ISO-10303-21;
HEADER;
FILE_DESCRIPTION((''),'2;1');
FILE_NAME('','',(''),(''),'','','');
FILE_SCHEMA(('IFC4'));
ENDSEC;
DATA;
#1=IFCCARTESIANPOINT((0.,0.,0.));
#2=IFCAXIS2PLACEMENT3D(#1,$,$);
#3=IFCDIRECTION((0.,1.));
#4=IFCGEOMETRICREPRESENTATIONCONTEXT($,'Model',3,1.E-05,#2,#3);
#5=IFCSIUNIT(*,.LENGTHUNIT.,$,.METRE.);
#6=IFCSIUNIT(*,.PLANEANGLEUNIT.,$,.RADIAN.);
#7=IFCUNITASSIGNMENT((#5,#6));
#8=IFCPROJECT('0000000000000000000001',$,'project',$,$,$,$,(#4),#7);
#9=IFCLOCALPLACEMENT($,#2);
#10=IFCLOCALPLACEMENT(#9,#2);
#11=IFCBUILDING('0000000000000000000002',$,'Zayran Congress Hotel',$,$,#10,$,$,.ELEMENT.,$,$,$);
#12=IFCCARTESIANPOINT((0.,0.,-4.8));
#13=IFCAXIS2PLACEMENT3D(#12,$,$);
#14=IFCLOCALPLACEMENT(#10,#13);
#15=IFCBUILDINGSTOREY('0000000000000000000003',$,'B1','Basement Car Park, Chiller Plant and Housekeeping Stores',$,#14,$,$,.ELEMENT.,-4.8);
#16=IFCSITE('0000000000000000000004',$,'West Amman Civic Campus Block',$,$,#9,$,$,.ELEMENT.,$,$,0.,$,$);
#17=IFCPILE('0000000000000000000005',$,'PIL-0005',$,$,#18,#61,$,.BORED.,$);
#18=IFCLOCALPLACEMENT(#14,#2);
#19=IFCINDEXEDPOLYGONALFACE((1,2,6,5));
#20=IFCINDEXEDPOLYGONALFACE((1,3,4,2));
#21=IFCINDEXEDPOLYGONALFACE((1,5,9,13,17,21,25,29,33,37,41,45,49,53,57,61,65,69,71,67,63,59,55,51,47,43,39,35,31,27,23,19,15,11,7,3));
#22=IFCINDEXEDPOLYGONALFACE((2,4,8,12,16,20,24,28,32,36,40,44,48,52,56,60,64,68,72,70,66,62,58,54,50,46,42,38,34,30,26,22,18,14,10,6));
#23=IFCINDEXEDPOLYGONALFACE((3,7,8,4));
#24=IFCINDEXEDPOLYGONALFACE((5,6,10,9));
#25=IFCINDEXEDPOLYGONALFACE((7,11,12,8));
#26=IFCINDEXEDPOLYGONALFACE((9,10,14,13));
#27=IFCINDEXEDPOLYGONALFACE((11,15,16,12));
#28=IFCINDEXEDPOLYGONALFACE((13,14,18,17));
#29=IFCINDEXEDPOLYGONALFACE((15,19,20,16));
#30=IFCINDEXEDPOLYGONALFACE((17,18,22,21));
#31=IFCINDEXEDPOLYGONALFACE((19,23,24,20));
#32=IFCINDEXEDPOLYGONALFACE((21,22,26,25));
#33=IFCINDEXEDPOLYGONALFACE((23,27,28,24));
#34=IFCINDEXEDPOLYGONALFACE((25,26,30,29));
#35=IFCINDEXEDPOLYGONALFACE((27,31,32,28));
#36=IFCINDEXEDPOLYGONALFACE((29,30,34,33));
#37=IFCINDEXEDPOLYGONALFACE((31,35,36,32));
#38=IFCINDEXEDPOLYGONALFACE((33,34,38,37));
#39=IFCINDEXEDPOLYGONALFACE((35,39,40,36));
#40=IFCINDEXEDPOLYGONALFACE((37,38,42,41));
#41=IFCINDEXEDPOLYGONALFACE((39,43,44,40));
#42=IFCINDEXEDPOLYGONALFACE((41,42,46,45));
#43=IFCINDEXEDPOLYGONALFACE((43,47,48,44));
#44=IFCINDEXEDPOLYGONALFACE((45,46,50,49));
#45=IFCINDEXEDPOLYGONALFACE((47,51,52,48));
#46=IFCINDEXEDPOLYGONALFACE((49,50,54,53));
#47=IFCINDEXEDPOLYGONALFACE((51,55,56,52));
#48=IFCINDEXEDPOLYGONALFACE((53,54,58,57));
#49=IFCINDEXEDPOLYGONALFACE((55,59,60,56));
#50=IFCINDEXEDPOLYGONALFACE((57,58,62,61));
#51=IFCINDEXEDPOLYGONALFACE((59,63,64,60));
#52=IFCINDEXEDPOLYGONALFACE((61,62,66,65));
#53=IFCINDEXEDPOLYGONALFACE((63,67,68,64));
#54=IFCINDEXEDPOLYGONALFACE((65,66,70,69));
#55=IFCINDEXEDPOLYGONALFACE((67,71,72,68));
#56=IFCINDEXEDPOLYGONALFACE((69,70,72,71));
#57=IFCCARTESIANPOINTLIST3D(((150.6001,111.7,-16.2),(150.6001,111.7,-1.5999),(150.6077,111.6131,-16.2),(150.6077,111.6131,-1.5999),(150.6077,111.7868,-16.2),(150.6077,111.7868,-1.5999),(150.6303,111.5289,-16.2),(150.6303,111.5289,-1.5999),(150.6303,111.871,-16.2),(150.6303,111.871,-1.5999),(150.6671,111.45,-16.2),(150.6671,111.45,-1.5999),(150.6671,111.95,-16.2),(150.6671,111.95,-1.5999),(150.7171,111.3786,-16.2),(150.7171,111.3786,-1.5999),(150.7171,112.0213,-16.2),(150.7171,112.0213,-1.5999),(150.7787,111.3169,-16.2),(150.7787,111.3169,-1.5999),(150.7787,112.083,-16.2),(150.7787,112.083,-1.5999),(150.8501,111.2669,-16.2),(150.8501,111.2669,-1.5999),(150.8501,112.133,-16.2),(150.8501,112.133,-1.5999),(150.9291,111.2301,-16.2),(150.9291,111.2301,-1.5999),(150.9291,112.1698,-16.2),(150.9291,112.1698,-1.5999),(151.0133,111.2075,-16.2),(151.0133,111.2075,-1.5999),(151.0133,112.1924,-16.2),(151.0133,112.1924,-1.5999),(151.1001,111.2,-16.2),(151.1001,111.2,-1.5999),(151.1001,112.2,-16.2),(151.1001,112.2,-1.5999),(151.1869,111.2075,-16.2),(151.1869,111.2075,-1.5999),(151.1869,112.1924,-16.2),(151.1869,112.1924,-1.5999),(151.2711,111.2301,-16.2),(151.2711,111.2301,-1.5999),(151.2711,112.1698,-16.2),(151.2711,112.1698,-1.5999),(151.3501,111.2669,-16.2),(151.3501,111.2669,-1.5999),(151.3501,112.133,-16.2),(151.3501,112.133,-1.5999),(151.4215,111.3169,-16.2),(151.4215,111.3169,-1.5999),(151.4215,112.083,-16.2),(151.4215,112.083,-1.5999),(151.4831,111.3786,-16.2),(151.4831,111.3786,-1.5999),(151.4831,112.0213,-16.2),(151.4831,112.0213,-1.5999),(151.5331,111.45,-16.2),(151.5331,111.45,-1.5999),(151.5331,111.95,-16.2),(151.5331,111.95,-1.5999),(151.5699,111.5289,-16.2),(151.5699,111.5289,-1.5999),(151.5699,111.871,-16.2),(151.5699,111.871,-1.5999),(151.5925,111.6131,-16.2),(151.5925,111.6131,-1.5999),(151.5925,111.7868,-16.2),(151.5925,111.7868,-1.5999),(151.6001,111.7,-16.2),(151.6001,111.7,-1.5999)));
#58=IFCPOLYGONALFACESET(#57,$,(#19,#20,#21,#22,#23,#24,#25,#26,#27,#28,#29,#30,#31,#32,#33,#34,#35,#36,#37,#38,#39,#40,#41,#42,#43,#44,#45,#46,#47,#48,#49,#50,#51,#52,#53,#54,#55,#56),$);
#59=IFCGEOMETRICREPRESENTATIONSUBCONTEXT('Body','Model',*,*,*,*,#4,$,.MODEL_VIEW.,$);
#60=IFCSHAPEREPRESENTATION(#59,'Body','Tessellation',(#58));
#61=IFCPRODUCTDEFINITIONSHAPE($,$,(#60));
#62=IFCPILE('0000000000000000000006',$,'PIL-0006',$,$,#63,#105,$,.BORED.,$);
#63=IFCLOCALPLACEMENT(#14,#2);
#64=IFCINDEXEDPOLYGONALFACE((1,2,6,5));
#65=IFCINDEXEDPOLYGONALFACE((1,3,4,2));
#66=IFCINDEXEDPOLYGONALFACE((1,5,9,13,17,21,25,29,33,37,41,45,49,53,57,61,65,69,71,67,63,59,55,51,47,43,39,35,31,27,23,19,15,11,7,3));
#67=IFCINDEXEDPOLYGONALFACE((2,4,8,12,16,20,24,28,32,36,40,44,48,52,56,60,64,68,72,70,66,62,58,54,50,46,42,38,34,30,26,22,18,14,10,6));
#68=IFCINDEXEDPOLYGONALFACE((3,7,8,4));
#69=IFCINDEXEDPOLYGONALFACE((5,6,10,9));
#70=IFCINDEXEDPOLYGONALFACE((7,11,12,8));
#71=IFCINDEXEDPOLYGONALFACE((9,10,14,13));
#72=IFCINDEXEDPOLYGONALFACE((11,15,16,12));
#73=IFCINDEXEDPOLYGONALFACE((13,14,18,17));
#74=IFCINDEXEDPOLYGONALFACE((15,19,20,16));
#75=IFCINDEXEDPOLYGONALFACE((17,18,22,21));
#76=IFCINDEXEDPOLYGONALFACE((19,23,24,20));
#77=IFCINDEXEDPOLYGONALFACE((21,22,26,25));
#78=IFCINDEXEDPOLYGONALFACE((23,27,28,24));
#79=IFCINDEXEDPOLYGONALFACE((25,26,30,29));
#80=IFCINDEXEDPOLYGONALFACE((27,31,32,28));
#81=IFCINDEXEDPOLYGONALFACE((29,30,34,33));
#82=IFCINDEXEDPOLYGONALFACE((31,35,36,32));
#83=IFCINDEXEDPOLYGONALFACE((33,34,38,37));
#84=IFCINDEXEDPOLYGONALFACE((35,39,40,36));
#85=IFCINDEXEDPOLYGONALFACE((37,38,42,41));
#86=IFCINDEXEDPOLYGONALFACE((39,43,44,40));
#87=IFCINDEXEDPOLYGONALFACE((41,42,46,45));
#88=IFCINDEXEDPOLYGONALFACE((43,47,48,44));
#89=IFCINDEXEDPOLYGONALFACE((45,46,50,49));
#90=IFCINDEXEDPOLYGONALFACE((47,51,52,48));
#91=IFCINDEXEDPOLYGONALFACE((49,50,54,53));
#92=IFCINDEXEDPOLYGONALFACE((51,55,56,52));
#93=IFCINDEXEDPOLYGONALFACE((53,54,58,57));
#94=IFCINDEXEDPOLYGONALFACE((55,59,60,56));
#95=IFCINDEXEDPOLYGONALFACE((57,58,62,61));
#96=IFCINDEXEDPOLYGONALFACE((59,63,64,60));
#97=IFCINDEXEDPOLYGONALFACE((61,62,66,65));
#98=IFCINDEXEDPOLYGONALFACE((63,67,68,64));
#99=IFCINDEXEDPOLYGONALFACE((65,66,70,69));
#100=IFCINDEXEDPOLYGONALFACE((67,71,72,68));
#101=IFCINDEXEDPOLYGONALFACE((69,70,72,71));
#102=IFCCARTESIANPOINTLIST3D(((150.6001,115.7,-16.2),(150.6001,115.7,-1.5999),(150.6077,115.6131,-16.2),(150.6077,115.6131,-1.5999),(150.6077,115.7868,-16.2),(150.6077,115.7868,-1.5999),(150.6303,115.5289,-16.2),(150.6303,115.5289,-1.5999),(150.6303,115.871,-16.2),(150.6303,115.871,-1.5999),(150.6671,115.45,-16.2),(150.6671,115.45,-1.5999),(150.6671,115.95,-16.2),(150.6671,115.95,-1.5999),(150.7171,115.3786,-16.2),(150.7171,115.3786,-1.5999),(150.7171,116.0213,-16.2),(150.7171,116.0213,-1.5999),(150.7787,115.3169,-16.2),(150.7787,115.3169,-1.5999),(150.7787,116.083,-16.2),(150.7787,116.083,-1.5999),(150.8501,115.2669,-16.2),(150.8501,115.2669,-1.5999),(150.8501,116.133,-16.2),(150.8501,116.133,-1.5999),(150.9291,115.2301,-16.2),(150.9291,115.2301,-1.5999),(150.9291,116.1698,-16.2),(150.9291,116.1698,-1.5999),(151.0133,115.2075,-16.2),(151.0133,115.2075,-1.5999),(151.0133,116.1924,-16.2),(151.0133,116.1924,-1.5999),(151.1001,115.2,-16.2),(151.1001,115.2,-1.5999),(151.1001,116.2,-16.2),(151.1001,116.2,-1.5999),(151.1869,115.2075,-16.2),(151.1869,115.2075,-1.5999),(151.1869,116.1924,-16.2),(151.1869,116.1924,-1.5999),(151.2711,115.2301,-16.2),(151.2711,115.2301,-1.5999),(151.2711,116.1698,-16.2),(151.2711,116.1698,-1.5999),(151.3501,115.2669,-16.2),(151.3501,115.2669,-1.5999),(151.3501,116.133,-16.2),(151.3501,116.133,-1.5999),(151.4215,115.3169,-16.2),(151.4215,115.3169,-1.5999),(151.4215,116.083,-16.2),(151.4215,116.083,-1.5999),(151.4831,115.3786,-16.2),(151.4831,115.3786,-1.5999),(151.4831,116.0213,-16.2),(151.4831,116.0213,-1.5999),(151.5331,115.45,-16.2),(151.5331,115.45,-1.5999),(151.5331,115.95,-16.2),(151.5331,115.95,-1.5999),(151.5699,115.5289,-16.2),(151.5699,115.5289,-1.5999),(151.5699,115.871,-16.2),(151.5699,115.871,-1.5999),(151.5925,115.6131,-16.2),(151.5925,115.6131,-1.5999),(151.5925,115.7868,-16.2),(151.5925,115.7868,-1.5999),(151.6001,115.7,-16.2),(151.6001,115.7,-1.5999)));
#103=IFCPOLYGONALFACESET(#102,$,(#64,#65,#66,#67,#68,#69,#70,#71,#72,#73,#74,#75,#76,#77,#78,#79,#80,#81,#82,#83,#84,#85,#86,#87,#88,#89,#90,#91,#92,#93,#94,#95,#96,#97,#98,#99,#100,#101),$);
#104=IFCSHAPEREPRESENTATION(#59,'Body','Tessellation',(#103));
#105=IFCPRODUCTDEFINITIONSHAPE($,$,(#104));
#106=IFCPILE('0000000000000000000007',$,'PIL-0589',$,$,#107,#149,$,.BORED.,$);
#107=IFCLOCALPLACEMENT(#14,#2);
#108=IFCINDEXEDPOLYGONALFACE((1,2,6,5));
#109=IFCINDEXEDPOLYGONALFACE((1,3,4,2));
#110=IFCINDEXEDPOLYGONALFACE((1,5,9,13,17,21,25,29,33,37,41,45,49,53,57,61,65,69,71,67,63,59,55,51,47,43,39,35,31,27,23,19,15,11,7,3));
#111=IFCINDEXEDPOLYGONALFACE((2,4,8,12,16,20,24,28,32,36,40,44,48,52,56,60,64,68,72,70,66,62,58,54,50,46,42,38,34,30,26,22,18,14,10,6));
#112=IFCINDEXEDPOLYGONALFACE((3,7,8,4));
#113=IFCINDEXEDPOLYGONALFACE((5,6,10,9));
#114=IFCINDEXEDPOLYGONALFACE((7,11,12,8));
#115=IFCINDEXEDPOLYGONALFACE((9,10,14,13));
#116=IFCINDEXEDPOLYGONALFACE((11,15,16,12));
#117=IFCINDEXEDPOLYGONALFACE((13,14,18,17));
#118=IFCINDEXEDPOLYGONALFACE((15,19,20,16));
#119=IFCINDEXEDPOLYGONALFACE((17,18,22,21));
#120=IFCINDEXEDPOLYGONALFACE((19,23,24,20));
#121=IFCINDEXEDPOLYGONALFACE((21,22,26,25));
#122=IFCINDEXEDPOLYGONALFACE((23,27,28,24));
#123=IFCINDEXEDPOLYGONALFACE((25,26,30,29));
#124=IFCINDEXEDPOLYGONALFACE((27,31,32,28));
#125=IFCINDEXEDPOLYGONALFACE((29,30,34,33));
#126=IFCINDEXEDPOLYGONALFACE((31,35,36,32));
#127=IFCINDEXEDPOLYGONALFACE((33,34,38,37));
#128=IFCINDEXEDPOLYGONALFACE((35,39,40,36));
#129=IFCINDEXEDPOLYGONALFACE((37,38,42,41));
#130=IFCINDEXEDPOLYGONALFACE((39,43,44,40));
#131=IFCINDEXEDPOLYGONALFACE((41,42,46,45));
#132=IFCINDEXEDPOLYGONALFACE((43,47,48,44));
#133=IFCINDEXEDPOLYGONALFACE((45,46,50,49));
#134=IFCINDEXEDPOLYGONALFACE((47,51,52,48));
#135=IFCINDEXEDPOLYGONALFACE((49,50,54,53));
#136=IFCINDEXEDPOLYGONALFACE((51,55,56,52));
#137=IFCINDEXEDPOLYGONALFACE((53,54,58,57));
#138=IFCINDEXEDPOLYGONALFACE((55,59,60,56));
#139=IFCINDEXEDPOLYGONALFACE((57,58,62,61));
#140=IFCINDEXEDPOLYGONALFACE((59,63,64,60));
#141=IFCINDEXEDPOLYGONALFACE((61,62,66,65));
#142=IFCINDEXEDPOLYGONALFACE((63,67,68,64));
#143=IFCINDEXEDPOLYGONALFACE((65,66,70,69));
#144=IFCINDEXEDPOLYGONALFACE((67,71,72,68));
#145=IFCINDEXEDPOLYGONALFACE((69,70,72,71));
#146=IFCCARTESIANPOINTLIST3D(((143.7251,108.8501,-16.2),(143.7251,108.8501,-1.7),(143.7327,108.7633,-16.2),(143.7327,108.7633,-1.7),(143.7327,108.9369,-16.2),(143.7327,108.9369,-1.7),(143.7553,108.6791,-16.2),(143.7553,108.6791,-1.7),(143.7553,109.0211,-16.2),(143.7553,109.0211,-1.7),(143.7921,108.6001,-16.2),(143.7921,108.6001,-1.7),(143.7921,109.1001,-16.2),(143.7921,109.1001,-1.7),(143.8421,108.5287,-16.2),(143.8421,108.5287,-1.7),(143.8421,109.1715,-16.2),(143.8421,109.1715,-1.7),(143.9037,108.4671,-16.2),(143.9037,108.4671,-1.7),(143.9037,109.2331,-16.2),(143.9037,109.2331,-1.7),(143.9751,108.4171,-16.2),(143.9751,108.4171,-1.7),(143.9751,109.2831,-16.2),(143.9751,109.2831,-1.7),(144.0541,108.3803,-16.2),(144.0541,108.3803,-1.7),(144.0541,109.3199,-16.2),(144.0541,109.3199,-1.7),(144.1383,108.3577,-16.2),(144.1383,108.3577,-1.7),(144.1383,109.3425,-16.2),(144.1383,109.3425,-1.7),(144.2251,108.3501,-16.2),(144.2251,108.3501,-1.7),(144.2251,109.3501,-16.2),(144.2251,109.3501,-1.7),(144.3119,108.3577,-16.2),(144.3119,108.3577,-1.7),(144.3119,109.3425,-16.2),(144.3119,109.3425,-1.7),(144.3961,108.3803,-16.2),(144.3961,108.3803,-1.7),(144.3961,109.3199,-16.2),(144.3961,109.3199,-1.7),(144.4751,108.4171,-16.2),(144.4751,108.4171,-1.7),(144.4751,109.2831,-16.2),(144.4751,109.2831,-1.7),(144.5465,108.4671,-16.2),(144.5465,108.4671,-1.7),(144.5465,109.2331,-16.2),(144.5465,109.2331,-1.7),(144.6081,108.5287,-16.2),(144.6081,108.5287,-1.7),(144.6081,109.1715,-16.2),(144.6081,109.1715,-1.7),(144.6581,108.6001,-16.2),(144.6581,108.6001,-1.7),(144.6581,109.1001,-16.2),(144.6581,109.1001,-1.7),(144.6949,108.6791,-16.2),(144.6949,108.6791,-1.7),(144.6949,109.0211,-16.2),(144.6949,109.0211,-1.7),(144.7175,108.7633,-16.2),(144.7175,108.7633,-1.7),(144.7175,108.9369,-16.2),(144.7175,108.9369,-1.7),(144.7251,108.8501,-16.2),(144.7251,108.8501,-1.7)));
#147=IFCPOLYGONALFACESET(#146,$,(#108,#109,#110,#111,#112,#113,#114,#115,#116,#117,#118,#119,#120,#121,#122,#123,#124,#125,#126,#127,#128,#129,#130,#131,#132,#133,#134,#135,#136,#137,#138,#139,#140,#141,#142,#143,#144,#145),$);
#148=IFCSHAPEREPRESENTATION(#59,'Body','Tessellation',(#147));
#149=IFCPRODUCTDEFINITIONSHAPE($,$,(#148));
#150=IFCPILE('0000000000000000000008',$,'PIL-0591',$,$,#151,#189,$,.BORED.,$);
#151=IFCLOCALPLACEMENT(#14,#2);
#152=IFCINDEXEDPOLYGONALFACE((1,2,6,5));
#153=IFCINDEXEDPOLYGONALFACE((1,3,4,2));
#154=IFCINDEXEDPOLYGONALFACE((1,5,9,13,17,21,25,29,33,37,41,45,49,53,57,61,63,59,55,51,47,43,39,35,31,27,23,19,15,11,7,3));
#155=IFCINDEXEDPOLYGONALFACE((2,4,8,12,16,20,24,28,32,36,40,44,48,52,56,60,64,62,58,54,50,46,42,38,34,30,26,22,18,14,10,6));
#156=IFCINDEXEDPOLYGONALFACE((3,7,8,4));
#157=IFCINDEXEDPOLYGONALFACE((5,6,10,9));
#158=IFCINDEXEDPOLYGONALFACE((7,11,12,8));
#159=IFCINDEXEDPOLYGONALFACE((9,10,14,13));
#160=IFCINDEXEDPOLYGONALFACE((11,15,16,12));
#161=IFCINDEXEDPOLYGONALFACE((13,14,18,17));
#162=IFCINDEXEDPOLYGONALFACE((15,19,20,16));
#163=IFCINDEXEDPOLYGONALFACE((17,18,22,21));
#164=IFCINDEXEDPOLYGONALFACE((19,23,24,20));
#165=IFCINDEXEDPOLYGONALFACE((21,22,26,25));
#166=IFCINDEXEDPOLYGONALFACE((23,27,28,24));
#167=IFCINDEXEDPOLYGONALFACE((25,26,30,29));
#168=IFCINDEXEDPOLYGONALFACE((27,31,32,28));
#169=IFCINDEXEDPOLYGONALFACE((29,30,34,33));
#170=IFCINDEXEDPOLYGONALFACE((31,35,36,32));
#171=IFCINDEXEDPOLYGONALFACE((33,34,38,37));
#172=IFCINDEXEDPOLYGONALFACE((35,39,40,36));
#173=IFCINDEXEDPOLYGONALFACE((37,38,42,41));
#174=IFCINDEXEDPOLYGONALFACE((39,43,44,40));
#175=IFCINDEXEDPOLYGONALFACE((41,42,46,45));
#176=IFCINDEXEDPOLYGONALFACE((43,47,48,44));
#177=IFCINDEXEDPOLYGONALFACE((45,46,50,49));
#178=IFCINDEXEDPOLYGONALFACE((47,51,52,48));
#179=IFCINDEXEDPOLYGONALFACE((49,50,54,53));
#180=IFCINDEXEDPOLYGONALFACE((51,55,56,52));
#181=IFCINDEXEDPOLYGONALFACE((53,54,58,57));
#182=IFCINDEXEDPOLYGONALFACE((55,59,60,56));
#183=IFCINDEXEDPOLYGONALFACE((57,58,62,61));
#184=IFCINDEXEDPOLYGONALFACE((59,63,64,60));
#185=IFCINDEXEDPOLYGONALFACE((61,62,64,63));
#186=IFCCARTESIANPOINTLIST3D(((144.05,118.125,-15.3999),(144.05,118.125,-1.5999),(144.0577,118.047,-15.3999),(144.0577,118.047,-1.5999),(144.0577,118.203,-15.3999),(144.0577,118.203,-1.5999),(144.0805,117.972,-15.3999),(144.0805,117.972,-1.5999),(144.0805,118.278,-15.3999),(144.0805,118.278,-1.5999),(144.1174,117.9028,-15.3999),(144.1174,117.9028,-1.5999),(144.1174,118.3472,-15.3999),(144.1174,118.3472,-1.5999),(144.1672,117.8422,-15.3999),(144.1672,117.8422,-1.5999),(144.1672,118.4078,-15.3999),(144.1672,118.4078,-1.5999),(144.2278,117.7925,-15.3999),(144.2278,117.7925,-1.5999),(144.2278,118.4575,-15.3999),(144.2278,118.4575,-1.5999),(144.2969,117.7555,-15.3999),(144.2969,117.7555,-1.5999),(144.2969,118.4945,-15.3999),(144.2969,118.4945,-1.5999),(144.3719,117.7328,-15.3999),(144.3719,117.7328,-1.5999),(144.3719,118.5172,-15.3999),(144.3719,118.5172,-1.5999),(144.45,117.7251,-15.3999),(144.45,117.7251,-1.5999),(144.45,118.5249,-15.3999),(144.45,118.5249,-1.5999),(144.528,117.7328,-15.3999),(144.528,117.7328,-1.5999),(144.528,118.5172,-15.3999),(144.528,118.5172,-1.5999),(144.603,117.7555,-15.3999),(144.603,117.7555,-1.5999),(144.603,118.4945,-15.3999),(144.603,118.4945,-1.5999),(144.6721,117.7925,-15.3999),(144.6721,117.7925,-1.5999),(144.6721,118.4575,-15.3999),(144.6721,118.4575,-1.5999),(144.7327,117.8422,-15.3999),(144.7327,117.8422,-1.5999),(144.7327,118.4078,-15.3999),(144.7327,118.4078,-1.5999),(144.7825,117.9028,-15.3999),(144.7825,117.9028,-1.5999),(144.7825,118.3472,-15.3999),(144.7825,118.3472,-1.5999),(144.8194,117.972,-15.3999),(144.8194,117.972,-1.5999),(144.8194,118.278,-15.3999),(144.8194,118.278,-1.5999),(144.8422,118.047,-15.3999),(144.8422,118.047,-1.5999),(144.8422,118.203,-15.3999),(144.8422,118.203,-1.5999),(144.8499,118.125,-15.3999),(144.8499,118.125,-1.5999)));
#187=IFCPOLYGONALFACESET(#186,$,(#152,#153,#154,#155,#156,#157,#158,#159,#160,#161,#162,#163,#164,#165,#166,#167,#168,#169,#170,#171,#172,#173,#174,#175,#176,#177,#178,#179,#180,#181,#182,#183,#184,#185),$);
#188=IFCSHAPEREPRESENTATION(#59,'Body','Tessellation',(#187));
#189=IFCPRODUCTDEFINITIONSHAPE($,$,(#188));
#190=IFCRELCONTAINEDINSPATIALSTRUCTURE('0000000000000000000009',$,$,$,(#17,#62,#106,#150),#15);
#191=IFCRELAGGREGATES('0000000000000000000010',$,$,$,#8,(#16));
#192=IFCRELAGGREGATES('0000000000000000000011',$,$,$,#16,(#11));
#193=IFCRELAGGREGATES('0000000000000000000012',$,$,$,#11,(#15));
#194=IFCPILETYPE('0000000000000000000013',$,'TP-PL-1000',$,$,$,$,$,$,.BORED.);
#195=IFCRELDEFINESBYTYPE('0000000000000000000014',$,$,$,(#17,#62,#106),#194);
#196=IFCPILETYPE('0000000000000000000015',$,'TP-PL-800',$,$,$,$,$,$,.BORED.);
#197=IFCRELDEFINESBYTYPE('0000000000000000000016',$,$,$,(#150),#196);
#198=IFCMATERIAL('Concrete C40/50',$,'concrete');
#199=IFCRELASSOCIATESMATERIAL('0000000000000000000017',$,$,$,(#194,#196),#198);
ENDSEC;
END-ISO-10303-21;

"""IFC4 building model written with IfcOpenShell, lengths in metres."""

from ifc_helpers import new_model, si_unit, direction, frame, origin, origin_2d, place, context, subcontext, project, spatial, circle, extrude, material, material_profile, profile_set, type_object, element, save


model = new_model("IFC4")

# Units and contexts
model_context = context("Model", 3, precision=1e-05, world=origin(), true_north=direction((0.0, 1.0)))
body_context = subcontext(model_context, "Body", "Model", "MODEL_VIEW")
ifc_project = project(units=[si_unit("LENGTHUNIT", "METRE"), si_unit("PLANEANGLEUNIT", "RADIAN")], contexts=[model_context])

# Site, building, storey
site_placement = place(None, origin())
site = spatial("IfcSite", under=ifc_project, at=site_placement, Name="West Amman Civic Campus Block", CompositionType="ELEMENT", RefElevation=0.0)
building_placement = place(site_placement, origin())
building = spatial("IfcBuilding", under=site, at=building_placement, Name="Zayran Congress Hotel", CompositionType="ELEMENT")
storey_placement = place(building_placement, frame((0.0, 0.0, -4.8)))
storey = spatial("IfcBuildingStorey", under=building, at=storey_placement, Name="B1", Description="Basement Car Park, Chiller Plant and Housekeeping Stores", CompositionType="ELEMENT", Elevation=-4.8)

# Piles
ifc_material_1 = material(Name="Concrete C40/50", Category="concrete")
ifc_material_profile_1 = material_profile(ifc_material_1, circle(Radius=0.5, at=origin_2d()), Name="PILE D1000")
ifc_profile_set_1 = profile_set([ifc_material_profile_1], Name="Concrete C40/50")
pile_type_1 = type_object("IfcPileType", Name="TP-PL-1000", PredefinedType="BORED", material=ifc_profile_set_1)
for number, where, z_axis, x_axis, name in (
    (1, (151.1001, 111.7, -1.5999), (0.0, 0.0, -1.0), (1.0, 0.0, 0.0), "PIL-0005"),
    (2, (151.1001, 115.7, -1.5999), (0.0, 0.0, -1.0), (1.0, 0.0, 0.0), "PIL-0006"),
):
    element("IfcPile", number, at=place(storey_placement, frame(where, z_axis=z_axis, x_axis=x_axis)), inside=storey, type_object=pile_type_1, Name=name, PredefinedType="BORED", context=body_context, shape_type="SweptSolid", body=[
        extrude(circle(Radius=0.5, at=origin_2d()), origin(), (0.0, 0.0, 1.0), 14.6001),
    ])
pile_1_placement = place(storey_placement, frame((144.2251, 108.8501, -1.7), z_axis=(0.0, 0.0, -1.0), x_axis=(1.0, 0.0, 0.0)))
element("IfcPile", 3, at=pile_1_placement, inside=storey, type_object=pile_type_1, Name="PIL-0589", PredefinedType="BORED", context=body_context, shape_type="SweptSolid", body=[
    extrude(circle(Radius=0.5, at=origin_2d()), origin(), (0.0, 0.0, 1.0), 14.5),
])
ifc_material_profile_2 = material_profile(ifc_material_1, circle(Radius=0.3999, at=origin_2d()), Name="PILE D800")
ifc_profile_set_2 = profile_set([ifc_material_profile_2], Name="Concrete C40/50")
pile_type_2 = type_object("IfcPileType", Name="TP-PL-800", PredefinedType="BORED", material=ifc_profile_set_2)
for number, where, z_axis, x_axis, name in (
    (4, (144.45, 118.125, -1.5999), (0.0, 0.0, -1.0), (1.0, 0.0, 0.0), "PIL-0591"),
):
    element("IfcPile", number, at=place(storey_placement, frame(where, z_axis=z_axis, x_axis=x_axis)), inside=storey, type_object=pile_type_2, Name=name, PredefinedType="BORED", context=body_context, shape_type="SweptSolid", body=[
        extrude(circle(Radius=0.3999, at=origin_2d()), origin(), (0.0, 0.0, 1.0), 13.8),
    ])

save(model, "model.ifc")
